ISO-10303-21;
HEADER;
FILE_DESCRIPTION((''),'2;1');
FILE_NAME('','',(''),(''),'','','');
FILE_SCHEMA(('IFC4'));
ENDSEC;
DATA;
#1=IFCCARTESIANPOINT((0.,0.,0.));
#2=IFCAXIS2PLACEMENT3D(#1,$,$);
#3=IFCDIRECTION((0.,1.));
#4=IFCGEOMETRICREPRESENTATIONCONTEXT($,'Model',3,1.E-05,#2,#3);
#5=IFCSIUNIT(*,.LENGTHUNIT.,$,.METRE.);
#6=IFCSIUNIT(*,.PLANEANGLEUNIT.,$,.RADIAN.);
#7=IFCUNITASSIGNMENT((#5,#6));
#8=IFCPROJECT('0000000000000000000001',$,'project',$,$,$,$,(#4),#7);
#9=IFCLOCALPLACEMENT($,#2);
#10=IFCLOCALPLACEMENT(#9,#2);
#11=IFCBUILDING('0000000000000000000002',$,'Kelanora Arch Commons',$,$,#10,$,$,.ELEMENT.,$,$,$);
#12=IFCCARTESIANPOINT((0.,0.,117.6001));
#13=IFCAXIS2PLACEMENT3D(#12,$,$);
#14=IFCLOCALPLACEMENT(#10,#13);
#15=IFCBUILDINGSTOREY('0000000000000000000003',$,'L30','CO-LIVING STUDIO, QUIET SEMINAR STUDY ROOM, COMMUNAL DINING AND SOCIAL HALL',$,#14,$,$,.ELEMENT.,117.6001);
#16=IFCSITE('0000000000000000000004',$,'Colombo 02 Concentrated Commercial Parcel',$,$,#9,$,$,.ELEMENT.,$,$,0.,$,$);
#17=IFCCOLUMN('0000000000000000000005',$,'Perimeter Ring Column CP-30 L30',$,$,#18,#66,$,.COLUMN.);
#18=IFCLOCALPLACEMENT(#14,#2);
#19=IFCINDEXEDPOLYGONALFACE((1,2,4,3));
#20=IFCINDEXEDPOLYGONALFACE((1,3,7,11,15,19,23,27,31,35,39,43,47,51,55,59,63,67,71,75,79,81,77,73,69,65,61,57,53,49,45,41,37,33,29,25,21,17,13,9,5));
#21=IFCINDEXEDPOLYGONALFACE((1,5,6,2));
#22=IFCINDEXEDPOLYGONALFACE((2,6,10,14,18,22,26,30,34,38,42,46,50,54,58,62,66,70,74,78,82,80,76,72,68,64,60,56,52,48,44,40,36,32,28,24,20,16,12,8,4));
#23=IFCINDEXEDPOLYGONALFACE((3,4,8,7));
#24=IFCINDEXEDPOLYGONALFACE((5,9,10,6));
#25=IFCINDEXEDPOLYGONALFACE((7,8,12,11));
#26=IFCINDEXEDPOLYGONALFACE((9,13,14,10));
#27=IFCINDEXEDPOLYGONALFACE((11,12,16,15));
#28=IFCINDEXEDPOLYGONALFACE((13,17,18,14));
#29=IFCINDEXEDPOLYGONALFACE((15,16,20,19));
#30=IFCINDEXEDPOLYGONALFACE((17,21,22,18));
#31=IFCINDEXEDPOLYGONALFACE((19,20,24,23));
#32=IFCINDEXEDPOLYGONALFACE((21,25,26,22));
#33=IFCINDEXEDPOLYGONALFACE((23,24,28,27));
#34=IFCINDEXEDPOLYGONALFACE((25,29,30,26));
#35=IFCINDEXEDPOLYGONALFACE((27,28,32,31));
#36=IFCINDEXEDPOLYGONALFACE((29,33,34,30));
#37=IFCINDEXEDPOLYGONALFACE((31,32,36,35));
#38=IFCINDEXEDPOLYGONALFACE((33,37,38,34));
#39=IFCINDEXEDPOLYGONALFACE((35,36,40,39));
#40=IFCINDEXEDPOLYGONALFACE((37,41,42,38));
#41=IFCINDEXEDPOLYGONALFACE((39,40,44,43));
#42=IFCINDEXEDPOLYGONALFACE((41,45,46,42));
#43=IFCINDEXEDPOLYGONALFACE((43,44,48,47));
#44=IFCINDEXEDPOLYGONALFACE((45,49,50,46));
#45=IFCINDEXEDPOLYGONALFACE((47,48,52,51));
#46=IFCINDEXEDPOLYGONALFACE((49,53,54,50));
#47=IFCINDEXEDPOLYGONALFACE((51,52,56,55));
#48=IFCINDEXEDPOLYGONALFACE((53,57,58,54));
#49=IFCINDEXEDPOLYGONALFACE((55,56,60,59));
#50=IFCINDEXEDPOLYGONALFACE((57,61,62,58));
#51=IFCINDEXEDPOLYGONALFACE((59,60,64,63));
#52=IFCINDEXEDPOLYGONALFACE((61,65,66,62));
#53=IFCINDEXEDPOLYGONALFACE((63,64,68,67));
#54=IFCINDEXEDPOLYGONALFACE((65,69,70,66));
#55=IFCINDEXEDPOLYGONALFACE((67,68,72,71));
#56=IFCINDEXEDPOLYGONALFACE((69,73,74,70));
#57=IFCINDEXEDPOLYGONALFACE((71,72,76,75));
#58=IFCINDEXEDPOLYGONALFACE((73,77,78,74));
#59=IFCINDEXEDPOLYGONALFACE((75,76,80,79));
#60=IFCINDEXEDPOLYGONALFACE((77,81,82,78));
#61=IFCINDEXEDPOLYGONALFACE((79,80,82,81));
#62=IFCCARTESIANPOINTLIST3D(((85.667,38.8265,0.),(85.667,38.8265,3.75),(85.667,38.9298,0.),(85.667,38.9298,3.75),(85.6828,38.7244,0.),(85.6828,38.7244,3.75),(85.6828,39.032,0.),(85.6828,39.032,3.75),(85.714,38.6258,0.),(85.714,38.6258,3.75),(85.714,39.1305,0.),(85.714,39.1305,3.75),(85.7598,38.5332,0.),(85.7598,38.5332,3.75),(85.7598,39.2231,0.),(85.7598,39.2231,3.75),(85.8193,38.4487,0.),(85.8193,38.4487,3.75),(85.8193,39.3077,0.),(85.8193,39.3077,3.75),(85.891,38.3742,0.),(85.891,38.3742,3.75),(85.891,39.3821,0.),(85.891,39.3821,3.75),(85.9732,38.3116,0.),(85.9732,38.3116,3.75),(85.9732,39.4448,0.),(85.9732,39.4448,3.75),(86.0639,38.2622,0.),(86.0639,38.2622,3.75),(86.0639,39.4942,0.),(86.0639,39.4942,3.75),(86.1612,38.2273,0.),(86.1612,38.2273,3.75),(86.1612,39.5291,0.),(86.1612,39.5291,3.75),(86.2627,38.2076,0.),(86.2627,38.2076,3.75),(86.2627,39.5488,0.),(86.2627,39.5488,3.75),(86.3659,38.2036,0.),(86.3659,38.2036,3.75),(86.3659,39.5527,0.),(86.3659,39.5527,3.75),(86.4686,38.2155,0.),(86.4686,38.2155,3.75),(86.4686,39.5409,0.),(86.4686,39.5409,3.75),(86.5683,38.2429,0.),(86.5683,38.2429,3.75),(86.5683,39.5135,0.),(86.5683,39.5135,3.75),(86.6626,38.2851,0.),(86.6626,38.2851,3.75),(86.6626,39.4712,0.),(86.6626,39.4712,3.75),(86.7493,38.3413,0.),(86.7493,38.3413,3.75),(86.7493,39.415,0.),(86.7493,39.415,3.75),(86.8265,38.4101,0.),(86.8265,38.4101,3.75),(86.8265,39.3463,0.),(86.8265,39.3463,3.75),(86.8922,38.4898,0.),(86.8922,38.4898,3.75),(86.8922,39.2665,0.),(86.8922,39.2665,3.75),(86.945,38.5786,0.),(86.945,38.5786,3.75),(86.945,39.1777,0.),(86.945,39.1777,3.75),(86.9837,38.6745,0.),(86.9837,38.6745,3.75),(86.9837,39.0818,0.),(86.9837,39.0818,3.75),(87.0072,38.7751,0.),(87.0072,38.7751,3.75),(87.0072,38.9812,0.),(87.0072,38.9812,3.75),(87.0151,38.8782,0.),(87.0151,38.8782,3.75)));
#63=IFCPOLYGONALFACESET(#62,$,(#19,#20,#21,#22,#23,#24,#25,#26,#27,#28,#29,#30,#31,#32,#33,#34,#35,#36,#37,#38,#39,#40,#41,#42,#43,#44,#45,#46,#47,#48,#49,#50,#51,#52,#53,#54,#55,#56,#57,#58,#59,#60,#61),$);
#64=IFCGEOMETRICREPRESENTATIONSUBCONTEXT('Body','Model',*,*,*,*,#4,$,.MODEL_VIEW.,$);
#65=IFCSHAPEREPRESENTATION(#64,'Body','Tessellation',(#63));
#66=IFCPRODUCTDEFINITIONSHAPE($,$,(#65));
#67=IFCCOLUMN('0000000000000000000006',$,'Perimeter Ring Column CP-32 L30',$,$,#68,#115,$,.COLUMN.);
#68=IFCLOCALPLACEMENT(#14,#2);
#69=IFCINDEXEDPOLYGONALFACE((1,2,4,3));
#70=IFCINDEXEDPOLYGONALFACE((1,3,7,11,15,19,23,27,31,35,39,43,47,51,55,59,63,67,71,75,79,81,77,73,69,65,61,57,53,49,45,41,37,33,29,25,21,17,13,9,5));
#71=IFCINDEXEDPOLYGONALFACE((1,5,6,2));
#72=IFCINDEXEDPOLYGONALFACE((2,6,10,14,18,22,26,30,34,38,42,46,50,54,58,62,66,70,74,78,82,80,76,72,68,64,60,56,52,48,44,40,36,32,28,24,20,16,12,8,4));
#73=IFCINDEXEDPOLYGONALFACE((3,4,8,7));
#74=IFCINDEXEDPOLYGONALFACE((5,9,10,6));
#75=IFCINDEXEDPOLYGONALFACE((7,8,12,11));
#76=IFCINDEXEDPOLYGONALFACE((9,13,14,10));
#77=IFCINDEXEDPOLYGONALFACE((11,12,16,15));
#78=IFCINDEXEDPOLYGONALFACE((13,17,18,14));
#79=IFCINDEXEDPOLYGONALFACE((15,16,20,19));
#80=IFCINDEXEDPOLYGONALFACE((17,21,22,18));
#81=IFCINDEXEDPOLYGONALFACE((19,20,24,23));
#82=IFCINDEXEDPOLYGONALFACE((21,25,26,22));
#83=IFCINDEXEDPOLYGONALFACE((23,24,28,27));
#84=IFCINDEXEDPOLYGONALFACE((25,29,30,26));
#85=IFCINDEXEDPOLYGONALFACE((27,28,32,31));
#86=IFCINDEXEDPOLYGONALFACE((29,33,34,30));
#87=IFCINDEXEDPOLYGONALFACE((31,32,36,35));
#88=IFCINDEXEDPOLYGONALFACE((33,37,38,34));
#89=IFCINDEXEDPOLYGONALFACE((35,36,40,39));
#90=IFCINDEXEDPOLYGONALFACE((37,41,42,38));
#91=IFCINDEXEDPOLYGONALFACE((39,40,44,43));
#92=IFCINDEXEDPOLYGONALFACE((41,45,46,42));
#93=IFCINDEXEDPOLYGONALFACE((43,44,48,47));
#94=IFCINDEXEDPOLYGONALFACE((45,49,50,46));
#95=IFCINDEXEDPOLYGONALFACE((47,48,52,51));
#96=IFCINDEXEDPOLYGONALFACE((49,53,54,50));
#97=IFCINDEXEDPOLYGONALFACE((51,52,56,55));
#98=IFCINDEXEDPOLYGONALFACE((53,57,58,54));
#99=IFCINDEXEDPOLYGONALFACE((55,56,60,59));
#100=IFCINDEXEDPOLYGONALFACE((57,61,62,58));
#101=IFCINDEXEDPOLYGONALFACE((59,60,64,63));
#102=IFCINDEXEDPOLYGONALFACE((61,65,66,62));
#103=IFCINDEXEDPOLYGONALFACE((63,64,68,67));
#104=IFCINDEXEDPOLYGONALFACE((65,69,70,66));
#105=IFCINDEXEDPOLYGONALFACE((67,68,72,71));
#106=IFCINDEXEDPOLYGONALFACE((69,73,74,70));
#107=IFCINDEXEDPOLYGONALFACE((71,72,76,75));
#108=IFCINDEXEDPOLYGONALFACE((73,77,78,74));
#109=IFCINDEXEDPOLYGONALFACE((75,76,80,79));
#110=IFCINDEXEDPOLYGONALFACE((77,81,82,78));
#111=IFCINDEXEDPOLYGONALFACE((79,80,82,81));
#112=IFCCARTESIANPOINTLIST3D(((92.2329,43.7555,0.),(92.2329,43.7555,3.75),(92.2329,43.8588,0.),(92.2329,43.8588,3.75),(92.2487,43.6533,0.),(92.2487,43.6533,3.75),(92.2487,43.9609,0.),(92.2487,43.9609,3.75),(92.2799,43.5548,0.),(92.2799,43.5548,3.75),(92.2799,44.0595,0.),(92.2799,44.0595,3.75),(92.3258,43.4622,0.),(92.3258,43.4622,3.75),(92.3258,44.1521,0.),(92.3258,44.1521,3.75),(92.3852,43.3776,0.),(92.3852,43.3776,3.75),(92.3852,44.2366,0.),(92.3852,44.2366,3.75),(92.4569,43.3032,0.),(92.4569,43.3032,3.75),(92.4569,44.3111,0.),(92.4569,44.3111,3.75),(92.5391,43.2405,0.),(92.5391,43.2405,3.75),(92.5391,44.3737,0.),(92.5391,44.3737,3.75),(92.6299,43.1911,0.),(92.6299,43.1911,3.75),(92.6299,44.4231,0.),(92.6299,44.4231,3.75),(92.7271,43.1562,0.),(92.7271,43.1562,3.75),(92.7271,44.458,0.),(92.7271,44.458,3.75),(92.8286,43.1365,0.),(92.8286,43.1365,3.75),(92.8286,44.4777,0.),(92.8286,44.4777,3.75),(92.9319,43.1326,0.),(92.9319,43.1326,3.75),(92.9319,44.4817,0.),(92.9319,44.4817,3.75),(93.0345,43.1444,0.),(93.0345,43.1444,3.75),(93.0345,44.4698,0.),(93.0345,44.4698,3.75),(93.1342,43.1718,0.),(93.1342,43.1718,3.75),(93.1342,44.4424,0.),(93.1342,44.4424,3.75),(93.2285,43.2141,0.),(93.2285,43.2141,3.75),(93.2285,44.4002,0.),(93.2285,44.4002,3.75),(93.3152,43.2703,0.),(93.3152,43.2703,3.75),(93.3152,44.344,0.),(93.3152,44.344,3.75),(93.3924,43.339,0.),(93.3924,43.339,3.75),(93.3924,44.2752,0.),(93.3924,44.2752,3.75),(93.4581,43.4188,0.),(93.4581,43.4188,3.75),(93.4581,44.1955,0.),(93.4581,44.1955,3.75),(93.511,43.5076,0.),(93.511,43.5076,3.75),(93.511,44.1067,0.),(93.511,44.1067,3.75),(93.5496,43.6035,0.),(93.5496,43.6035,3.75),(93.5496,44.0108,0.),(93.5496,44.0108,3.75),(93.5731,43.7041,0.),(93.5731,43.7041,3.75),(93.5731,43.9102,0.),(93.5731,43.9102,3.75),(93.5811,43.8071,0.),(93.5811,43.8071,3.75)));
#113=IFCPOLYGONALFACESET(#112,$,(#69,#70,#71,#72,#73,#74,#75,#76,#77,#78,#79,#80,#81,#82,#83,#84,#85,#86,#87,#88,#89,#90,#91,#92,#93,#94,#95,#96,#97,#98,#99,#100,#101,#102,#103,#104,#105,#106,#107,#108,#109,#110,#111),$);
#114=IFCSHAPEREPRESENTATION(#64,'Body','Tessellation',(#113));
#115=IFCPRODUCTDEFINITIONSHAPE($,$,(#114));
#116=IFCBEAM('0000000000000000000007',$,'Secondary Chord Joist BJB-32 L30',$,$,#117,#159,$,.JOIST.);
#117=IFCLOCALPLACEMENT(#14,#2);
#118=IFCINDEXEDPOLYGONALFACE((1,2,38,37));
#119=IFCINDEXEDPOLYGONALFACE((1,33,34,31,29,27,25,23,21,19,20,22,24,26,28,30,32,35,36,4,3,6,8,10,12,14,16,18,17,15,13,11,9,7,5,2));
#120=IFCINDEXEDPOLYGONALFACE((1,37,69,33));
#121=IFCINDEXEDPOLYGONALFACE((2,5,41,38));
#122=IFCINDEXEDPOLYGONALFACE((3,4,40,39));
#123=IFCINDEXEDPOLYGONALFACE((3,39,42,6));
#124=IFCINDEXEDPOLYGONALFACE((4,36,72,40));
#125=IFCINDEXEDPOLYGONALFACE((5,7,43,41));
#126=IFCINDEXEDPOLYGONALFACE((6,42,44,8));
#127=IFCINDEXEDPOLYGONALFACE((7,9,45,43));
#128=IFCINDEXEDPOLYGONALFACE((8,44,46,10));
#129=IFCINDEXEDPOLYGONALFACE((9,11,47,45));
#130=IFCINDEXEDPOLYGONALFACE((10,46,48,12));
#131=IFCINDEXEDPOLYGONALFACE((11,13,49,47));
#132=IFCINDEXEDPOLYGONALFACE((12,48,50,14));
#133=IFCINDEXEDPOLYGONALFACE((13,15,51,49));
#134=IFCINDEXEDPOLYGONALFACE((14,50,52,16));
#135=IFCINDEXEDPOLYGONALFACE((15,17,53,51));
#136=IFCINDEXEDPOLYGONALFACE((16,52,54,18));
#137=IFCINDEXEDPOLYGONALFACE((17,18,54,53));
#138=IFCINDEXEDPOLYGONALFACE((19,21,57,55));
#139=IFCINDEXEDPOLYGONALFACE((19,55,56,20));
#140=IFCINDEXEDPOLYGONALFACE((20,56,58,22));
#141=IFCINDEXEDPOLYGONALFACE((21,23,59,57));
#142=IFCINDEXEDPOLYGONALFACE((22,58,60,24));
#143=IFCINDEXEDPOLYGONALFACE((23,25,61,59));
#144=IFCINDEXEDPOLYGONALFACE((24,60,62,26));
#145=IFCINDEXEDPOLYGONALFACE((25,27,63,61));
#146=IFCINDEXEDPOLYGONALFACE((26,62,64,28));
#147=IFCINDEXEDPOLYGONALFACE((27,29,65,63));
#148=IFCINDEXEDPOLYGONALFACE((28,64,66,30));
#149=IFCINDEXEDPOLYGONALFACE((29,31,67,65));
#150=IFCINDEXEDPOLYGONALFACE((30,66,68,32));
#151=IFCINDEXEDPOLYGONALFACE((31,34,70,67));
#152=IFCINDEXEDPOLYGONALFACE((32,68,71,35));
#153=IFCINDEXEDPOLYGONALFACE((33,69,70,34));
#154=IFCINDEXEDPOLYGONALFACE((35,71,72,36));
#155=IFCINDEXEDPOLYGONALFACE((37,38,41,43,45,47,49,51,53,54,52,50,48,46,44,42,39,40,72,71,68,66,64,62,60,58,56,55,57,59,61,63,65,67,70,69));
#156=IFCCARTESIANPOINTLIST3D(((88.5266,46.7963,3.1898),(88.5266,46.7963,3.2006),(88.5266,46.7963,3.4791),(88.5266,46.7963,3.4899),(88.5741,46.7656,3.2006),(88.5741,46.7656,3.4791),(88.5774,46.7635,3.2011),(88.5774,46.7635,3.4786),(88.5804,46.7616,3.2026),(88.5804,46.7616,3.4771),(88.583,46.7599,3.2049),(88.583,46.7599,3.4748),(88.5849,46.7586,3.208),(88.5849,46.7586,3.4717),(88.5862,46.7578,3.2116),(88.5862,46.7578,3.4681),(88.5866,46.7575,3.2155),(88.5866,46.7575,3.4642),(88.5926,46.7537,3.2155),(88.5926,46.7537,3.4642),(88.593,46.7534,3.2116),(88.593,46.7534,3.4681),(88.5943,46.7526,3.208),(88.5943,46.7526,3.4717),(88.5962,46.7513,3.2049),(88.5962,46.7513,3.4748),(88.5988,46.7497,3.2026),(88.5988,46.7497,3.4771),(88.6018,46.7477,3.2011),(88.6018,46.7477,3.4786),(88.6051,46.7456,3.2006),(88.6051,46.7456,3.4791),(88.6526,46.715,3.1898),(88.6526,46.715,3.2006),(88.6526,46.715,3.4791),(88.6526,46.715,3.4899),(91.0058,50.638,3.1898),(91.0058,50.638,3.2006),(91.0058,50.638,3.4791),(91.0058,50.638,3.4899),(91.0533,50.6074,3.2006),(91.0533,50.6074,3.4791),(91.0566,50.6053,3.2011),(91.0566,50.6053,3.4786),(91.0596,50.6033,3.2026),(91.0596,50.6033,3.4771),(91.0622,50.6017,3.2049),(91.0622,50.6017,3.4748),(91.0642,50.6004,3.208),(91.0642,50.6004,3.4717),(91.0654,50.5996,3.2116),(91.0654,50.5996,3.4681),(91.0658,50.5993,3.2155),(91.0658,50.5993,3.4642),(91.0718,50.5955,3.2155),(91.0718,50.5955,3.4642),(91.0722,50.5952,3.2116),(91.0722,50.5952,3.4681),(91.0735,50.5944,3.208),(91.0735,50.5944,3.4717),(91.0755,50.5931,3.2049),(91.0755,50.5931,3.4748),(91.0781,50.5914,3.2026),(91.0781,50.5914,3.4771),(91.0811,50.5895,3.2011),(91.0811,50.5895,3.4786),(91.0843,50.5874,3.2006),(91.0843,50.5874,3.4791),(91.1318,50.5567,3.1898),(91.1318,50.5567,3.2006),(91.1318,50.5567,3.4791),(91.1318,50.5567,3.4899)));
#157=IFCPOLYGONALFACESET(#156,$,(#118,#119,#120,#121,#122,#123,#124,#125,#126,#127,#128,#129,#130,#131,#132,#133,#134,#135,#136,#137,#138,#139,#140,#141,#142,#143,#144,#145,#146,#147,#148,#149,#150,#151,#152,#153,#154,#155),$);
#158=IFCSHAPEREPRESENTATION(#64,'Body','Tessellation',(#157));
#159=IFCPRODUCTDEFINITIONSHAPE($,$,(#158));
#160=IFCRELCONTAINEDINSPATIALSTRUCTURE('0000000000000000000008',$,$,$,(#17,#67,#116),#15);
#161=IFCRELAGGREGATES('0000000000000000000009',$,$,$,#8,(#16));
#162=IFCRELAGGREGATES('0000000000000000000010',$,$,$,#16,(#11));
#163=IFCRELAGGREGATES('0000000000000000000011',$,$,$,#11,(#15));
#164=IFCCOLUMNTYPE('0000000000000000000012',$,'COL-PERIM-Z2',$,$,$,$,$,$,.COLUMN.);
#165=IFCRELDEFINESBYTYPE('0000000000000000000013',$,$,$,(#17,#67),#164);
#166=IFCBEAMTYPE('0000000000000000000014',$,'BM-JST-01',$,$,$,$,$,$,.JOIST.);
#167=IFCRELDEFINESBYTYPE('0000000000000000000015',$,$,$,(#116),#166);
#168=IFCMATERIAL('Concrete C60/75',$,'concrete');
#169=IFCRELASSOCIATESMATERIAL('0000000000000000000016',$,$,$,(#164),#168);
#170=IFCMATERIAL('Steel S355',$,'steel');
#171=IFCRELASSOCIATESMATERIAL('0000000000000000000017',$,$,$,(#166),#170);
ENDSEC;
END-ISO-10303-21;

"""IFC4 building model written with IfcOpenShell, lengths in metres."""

from ifc_helpers import new_model, si_unit, direction, frame, origin, origin_2d, place, context, subcontext, project, spatial, circle, i_section, extrude, material, material_profile, profile_set, type_object, element, save


model = new_model("IFC4")

# Units and contexts
model_context = context("Model", 3, precision=1e-05, world=origin(), true_north=direction((0.0, 1.0)))
body_context = subcontext(model_context, "Body", "Model", "MODEL_VIEW")
ifc_project = project(units=[si_unit("LENGTHUNIT", "METRE"), si_unit("PLANEANGLEUNIT", "RADIAN")], contexts=[model_context])

# Site, building, storey
site_placement = place(None, origin())
site = spatial("IfcSite", under=ifc_project, at=site_placement, Name="Colombo 02 Concentrated Commercial Parcel", CompositionType="ELEMENT", RefElevation=0.0)
building_placement = place(site_placement, origin())
building = spatial("IfcBuilding", under=site, at=building_placement, Name="Kelanora Arch Commons", CompositionType="ELEMENT")
storey_placement = place(building_placement, frame((0.0, 0.0, 117.6001)))
storey = spatial("IfcBuildingStorey", under=building, at=storey_placement, Name="L30", Description="CO-LIVING STUDIO, QUIET SEMINAR STUDY ROOM, COMMUNAL DINING AND SOCIAL HALL", CompositionType="ELEMENT", Elevation=117.6001)

# Columns
ifc_material_1 = material(Name="Concrete C60/75", Category="concrete")
ifc_material_profile_1 = material_profile(ifc_material_1, circle(Radius=0.675, at=origin_2d()), Name="RCC1350")
ifc_profile_set_1 = profile_set([ifc_material_profile_1], Name="Concrete C60/75")
column_type = type_object("IfcColumnType", Name="COL-PERIM-Z2", PredefinedType="COLUMN", material=ifc_profile_set_1)
for number, where, z_axis, x_axis, name in (
    (1, (86.3401, 38.8782, 0.0), (0.0, 0.0, 1.0), (1.0, 0.0, 0.0), "Perimeter Ring Column CP-30 L30"),
    (2, (92.906, 43.8071, 0.0), (0.0, 0.0, 1.0), (1.0, 0.0, 0.0), "Perimeter Ring Column CP-32 L30"),
):
    element("IfcColumn", number, at=place(storey_placement, frame(where, z_axis=z_axis, x_axis=x_axis)), inside=storey, type_object=column_type, Name=name, PredefinedType="COLUMN", context=body_context, shape_type="SweptSolid", body=[
        extrude(circle(Radius=0.675, at=origin_2d()), origin(), (0.0, 0.0, 1.0), 3.75),
    ])

# Beam
ifc_material_2 = material(Name="Steel S355", Category="steel")
ifc_material_profile_2 = material_profile(ifc_material_2, i_section(OverallWidth=0.1499, OverallDepth=0.3, WebThickness=0.0071, FlangeThickness=0.0107, FilletRadius=0.0149, at=origin_2d()), Name="IPE300")
ifc_profile_set_2 = profile_set([ifc_material_profile_2], Name="Steel S355")
beam_type_1 = type_object("IfcBeamType", Name="BM-JST-01", PredefinedType="JOIST", material=ifc_profile_set_2)
beam_1_placement = place(storey_placement, frame((88.5896, 46.7556, 3.3398), z_axis=(0.54223, 0.84023, 0.0), x_axis=(-0.84023, 0.54223, 0.0)))
element("IfcBeam", 3, at=beam_1_placement, inside=storey, type_object=beam_type_1, Name="Secondary Chord Joist BJB-32 L30", PredefinedType="JOIST", context=body_context, shape_type="SweptSolid", body=[
    extrude(i_section(OverallWidth=0.1499, OverallDepth=0.3, WebThickness=0.0071, FlangeThickness=0.0107, FilletRadius=0.0149, at=origin_2d()), origin(), (0.0, 0.0, 1.0), 4.5723),
])

save(model, "model.ifc")
